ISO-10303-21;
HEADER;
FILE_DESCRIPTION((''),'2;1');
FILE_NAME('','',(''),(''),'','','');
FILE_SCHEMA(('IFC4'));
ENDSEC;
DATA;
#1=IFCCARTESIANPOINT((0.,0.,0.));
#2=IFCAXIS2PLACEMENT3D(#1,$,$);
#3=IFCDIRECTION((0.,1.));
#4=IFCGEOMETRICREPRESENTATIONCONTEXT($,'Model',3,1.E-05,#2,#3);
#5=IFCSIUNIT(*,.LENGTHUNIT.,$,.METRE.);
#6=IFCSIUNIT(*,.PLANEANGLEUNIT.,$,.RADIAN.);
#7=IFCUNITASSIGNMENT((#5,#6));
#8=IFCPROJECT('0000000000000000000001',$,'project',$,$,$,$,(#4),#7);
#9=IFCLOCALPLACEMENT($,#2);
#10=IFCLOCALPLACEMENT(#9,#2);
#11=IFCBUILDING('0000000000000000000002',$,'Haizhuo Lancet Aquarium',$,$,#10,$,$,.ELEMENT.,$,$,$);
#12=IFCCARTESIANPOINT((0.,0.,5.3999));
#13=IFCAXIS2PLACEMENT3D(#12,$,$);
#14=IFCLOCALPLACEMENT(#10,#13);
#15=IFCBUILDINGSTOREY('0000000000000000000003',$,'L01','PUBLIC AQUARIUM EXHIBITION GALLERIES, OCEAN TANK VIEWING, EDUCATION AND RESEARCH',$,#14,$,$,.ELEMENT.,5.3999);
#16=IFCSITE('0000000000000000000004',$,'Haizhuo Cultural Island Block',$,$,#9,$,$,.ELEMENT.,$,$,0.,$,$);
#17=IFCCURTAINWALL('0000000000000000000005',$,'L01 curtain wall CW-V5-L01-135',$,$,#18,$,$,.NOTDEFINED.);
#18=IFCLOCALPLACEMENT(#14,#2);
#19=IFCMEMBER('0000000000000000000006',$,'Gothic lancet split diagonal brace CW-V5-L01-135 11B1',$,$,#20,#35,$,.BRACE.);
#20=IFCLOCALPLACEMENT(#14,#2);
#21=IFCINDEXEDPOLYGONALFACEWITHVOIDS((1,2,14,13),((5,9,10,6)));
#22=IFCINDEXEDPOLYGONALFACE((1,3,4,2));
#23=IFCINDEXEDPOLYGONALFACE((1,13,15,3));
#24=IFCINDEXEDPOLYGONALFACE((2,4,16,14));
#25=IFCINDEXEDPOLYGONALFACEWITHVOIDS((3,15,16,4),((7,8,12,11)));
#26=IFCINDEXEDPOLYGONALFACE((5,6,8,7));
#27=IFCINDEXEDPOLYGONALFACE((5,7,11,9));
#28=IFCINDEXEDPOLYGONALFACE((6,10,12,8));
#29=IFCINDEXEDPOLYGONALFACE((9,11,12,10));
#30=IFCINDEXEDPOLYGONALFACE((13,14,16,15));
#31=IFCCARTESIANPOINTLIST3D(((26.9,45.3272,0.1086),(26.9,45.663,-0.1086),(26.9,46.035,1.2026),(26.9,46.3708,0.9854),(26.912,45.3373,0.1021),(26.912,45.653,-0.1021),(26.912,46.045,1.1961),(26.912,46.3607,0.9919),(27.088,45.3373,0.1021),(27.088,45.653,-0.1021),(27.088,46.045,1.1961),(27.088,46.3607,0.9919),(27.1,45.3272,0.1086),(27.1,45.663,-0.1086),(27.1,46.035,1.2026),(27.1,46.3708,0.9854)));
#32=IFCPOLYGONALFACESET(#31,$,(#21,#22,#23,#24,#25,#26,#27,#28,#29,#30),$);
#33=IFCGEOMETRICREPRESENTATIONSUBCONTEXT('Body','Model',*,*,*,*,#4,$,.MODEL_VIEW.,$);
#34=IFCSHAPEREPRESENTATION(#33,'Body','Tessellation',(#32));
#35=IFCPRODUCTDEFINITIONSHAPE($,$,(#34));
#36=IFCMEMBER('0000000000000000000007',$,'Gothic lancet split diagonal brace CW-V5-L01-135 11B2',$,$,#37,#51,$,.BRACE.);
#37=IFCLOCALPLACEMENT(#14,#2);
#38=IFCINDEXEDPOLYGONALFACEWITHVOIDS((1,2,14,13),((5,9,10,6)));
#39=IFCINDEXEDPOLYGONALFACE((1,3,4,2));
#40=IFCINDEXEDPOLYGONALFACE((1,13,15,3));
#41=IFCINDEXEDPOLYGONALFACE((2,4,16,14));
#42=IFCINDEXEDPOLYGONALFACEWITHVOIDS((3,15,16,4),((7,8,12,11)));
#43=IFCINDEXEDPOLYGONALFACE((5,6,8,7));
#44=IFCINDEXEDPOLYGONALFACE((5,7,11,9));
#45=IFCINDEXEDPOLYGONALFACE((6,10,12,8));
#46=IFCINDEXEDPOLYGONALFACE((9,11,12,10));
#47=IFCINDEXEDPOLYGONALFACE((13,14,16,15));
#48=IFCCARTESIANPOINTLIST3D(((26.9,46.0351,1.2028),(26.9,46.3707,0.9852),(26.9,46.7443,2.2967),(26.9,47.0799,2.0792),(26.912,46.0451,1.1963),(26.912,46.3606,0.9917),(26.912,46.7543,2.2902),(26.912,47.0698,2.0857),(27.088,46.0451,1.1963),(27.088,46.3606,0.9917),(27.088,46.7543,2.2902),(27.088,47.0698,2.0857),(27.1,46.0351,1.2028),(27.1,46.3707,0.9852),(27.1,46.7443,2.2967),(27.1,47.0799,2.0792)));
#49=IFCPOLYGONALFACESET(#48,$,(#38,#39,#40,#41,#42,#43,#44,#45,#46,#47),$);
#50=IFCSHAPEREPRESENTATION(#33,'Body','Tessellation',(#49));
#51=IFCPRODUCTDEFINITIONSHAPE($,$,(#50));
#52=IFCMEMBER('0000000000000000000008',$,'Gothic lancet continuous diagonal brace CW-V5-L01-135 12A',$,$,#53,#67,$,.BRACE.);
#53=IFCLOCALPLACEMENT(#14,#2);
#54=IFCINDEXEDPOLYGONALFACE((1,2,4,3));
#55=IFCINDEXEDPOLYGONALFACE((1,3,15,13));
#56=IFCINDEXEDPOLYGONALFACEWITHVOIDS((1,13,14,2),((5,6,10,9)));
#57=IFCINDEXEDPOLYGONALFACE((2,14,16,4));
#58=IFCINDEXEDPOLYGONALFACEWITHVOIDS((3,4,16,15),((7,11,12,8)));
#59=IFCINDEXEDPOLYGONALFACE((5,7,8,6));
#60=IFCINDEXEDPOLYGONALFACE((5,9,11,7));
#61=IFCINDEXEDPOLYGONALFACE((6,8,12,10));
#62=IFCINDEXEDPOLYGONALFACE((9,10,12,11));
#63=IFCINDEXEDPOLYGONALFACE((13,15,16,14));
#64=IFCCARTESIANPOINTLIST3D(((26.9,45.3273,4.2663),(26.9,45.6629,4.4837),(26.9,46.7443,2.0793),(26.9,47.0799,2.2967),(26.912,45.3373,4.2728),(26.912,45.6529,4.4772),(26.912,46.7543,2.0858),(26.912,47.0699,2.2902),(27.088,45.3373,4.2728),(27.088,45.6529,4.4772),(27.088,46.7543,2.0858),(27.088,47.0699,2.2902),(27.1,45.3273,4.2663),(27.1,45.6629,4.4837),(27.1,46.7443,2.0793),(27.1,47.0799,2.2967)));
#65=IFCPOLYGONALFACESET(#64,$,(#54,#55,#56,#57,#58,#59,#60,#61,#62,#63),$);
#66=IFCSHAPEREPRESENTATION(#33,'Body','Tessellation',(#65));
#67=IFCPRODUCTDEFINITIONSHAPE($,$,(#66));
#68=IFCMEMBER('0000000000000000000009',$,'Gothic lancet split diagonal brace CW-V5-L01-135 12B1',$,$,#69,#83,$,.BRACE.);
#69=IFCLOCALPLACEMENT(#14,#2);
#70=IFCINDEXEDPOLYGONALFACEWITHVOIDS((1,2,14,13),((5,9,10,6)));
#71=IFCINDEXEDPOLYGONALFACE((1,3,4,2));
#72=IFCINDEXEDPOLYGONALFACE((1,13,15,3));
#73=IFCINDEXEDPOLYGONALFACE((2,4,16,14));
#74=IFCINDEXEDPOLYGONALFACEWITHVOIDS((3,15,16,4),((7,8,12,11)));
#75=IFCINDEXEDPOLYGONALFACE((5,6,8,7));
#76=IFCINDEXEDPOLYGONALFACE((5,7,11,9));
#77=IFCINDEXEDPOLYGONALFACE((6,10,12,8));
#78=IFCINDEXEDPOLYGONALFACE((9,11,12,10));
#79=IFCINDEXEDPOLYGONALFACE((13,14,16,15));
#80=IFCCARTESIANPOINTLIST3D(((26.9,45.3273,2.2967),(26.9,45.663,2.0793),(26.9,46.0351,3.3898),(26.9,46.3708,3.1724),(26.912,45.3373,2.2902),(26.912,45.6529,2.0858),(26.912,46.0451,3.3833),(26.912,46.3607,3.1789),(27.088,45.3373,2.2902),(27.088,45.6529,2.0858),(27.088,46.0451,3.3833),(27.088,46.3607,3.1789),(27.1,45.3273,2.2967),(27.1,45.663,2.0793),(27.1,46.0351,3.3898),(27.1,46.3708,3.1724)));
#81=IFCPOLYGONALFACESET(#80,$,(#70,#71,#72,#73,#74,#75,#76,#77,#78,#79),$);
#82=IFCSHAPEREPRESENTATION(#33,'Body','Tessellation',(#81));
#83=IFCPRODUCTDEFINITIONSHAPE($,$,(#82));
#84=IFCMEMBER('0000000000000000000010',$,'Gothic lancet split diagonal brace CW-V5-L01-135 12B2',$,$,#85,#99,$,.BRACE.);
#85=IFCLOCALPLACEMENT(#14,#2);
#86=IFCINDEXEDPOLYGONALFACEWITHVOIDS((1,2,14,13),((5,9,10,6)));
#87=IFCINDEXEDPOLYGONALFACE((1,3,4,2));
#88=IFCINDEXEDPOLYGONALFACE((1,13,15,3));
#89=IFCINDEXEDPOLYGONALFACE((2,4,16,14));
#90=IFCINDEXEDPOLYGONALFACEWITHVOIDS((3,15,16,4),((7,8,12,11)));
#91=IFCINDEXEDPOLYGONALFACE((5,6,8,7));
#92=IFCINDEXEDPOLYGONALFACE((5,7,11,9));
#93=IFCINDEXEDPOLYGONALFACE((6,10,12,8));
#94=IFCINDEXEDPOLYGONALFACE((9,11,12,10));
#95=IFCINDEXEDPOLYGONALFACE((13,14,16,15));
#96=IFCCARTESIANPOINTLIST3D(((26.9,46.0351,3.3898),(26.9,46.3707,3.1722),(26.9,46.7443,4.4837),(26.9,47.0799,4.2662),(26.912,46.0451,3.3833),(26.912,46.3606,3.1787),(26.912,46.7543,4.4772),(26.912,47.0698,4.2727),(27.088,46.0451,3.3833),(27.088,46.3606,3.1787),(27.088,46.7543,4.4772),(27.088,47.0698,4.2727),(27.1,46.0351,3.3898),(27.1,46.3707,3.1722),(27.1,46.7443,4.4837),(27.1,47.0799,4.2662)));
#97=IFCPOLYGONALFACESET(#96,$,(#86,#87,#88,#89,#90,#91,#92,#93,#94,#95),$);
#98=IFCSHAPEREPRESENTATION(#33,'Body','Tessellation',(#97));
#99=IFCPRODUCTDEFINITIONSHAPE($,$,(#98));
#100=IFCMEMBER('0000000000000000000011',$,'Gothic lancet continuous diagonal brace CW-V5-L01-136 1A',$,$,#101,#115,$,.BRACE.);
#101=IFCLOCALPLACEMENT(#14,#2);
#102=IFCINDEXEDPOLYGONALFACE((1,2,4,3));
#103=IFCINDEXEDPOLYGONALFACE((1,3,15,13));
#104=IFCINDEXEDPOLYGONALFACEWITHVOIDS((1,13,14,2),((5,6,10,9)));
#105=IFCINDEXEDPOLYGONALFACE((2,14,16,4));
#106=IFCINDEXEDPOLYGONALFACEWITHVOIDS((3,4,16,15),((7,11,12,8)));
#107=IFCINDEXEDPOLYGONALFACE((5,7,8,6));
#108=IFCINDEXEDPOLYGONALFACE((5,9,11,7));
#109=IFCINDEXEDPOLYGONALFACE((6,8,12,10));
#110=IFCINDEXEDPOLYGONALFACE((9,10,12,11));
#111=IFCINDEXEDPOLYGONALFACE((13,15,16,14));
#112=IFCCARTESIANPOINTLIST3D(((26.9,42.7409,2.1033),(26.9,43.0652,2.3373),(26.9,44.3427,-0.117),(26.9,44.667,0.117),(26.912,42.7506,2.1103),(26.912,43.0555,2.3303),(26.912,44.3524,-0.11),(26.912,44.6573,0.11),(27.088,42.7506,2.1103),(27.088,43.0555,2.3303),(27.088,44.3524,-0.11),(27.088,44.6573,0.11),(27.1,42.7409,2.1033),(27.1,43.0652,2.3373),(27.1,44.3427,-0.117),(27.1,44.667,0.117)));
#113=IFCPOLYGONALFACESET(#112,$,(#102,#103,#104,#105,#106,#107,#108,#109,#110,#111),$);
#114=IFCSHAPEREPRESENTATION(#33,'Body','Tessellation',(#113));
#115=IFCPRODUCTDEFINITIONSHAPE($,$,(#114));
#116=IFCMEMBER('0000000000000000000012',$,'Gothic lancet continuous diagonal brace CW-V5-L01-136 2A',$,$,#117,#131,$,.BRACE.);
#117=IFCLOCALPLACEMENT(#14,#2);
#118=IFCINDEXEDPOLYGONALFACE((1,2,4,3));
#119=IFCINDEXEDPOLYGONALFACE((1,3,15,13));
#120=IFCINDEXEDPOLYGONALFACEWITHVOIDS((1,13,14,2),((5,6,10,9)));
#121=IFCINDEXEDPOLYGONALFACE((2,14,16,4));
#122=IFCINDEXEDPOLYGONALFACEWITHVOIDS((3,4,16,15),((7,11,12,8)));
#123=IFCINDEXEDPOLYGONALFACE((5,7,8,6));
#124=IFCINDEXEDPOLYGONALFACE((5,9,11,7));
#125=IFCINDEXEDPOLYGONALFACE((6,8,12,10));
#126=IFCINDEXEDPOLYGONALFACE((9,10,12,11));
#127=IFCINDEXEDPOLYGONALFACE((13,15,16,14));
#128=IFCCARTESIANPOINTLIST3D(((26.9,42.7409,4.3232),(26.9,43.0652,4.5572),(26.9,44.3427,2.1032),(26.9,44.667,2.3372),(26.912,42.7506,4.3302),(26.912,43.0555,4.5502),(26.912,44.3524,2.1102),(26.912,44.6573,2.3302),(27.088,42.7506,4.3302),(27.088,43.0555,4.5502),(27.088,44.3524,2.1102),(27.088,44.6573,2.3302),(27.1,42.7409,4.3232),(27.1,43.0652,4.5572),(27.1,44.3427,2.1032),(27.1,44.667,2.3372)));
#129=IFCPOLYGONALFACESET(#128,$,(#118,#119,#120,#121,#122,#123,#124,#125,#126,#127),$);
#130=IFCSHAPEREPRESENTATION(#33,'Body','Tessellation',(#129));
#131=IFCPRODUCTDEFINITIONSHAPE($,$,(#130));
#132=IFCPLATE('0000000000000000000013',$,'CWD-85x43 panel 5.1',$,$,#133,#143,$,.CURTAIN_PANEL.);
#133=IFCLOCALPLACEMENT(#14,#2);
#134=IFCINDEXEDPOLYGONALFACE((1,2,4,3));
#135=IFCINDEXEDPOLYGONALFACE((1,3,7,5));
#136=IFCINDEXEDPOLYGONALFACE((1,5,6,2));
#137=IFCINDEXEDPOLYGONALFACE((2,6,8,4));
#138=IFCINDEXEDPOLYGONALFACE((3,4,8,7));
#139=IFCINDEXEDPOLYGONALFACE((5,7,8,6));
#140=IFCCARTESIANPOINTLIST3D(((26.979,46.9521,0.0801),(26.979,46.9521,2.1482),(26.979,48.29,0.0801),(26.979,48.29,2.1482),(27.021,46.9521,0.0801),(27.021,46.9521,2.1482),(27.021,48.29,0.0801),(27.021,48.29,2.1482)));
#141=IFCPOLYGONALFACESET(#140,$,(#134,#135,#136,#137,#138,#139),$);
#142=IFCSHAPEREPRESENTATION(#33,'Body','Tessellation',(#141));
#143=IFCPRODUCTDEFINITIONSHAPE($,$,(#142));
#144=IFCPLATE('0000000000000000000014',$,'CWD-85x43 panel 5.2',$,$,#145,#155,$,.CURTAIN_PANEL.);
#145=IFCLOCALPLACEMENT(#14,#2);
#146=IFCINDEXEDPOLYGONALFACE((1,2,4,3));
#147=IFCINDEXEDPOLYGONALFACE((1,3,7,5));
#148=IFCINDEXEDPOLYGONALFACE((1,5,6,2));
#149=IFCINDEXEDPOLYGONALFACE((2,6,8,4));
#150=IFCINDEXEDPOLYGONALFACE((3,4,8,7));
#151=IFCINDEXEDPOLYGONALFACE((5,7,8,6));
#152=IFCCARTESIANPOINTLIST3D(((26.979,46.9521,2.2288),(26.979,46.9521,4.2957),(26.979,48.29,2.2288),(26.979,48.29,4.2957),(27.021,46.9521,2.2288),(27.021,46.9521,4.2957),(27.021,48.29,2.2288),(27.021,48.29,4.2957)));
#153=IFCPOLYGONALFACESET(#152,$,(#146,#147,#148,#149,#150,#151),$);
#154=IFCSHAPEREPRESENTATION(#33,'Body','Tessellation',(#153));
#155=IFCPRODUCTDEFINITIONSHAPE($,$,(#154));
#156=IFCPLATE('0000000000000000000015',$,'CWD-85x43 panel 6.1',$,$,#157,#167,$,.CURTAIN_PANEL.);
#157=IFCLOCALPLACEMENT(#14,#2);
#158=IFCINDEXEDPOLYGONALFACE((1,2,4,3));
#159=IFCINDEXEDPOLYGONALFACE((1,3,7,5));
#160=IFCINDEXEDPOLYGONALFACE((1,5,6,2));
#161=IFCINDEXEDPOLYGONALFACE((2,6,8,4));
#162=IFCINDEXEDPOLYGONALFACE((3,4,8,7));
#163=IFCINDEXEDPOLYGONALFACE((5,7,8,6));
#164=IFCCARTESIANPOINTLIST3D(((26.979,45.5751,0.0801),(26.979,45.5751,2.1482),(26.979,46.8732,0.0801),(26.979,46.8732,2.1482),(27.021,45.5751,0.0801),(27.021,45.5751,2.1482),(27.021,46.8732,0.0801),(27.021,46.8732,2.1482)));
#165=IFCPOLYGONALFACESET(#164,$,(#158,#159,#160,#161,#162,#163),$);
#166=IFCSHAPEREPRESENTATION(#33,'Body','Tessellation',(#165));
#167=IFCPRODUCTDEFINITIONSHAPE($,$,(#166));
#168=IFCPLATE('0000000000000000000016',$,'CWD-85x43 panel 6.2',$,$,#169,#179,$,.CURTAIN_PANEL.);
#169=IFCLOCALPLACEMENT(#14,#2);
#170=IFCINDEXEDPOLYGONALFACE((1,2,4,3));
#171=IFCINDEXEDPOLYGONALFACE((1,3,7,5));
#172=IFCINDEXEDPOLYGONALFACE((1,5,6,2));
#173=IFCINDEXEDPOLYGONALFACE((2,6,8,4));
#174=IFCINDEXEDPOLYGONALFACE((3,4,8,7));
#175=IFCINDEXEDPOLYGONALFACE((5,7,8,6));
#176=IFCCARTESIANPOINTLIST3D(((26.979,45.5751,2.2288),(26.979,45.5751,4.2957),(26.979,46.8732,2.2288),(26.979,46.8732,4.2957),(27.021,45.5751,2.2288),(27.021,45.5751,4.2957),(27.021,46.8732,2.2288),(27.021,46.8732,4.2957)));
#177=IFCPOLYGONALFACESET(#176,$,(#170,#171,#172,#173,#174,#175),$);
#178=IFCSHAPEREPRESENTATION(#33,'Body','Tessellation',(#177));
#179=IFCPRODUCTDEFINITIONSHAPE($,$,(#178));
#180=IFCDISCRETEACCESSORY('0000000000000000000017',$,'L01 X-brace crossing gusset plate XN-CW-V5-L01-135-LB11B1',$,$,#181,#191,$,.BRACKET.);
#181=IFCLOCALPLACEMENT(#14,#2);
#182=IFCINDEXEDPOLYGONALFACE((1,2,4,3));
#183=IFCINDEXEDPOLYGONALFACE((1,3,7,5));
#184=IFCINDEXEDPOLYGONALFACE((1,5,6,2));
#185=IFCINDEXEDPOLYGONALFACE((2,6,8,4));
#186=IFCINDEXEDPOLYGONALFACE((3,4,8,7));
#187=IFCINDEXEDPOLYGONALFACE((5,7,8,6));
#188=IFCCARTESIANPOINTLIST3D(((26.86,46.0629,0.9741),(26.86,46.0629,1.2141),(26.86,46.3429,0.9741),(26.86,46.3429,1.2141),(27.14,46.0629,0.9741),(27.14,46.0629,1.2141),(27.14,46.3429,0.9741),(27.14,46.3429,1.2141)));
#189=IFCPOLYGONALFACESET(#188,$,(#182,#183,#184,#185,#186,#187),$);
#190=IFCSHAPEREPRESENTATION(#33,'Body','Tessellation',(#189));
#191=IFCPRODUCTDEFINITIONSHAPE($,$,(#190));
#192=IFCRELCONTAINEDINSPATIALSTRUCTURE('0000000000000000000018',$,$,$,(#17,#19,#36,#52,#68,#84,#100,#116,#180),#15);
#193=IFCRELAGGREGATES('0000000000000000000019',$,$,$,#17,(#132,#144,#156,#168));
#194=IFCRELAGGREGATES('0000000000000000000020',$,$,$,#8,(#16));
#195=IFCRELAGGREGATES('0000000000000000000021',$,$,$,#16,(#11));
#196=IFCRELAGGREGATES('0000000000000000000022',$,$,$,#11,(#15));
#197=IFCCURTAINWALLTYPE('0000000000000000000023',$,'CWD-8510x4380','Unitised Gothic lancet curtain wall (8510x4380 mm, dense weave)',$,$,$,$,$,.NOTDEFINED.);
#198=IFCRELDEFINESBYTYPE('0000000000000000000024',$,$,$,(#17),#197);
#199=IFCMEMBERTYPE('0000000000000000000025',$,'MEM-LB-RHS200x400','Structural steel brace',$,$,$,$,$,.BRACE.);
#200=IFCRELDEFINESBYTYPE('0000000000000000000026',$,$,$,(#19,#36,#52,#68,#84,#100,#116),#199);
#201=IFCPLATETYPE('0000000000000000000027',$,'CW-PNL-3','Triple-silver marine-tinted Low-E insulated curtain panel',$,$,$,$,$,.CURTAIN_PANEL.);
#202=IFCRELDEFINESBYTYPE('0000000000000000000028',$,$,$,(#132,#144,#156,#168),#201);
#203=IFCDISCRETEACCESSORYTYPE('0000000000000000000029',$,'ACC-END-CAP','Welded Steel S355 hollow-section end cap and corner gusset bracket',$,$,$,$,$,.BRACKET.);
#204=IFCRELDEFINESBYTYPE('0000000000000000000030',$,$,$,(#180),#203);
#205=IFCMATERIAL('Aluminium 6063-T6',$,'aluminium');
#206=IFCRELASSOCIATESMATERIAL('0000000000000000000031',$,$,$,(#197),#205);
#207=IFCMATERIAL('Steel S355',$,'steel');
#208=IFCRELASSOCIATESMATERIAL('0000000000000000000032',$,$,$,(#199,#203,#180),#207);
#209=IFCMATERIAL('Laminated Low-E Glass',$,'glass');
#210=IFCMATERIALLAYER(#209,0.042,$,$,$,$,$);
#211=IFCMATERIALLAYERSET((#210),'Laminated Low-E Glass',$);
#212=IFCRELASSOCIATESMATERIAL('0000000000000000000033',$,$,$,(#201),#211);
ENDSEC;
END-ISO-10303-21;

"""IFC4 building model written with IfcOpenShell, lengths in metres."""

from ifc_helpers import new_model, si_unit, direction, frame, origin, origin_2d, place, context, subcontext, project, spatial, rectangle, hollow_rectangle, extrude, material, layer, layer_set, material_profile, profile_set, type_object, element, aggregate, save


model = new_model("IFC4")

# Units and contexts
model_context = context("Model", 3, precision=1e-05, world=origin(), true_north=direction((0.0, 1.0)))
body_context = subcontext(model_context, "Body", "Model", "MODEL_VIEW")
ifc_project = project(units=[si_unit("LENGTHUNIT", "METRE"), si_unit("PLANEANGLEUNIT", "RADIAN")], contexts=[model_context])

# Site, building, storey
site_placement = place(None, origin())
site = spatial("IfcSite", under=ifc_project, at=site_placement, Name="Haizhuo Cultural Island Block", CompositionType="ELEMENT", RefElevation=0.0)
building_placement = place(site_placement, origin())
building = spatial("IfcBuilding", under=site, at=building_placement, Name="Haizhuo Lancet Aquarium", CompositionType="ELEMENT")
storey_placement = place(building_placement, frame((0.0, 0.0, 5.3999)))
storey = spatial("IfcBuildingStorey", under=building, at=storey_placement, Name="L01", Description="PUBLIC AQUARIUM EXHIBITION GALLERIES, OCEAN TANK VIEWING, EDUCATION AND RESEARCH", CompositionType="ELEMENT", Elevation=5.3999)

# Shared definitions
ifc_material_1 = material(Name="Aluminium 6063-T6", Category="aluminium")

# Curtain wall
curtain_wall_type_1 = type_object("IfcCurtainWallType", Name="CWD-8510x4380", Description="Unitised Gothic lancet curtain wall (8510x4380 mm, dense weave)", PredefinedType="NOTDEFINED", material=ifc_material_1)
curtain_wall_1_placement = place(storey_placement, origin())
curtain_wall_1 = element("IfcCurtainWall", 1, at=curtain_wall_1_placement, inside=storey, type_object=curtain_wall_type_1, Name="L01 curtain wall CW-V5-L01-135", PredefinedType="NOTDEFINED")

# Members
ifc_material_2 = material(Name="Steel S355", Category="steel")
ifc_material_profile_1 = material_profile(ifc_material_2, hollow_rectangle(XDim=0.2, YDim=0.3999, WallThickness=0.012, at=origin_2d()), Name="RHS 200x400x12")
ifc_profile_set_1 = profile_set([ifc_material_profile_1], Name="Steel S355")
member_type_1 = type_object("IfcMemberType", Name="MEM-LB-RHS200x400", Description="Structural steel brace", PredefinedType="BRACE", material=ifc_profile_set_1)
member_1_placement = place(storey_placement, frame((27.0, 45.4951, 0.0), z_axis=(0.0, 0.543189, 0.83961), x_axis=(-1.0, 0.0, 0.0)))
element("IfcMember", 2, at=member_1_placement, inside=storey, type_object=member_type_1, Name="Gothic lancet split diagonal brace CW-V5-L01-135 11B1", PredefinedType="BRACE", context=body_context, shape_type="SweptSolid", body=[
    extrude(hollow_rectangle(XDim=0.2, YDim=0.3999, WallThickness=0.012, at=origin_2d()), origin(), (0.0, 0.0, 1.0), 1.303),
])
member_2_placement = place(storey_placement, frame((27.0, 46.2029, 1.094), z_axis=(0.0, 0.543981, 0.839098), x_axis=(-1.0, 0.0, 0.0)))
element("IfcMember", 3, at=member_2_placement, inside=storey, type_object=member_type_1, Name="Gothic lancet split diagonal brace CW-V5-L01-135 11B2", PredefinedType="BRACE", context=body_context, shape_type="SweptSolid", body=[
    extrude(hollow_rectangle(XDim=0.2, YDim=0.3999, WallThickness=0.012, at=origin_2d()), origin(), (0.0, 0.0, 1.0), 1.3037),
])
member_3_placement = place(storey_placement, frame((27.0, 46.9121, 2.188), z_axis=(0.0, -0.543756, 0.839243), x_axis=(1.0, 0.0, 0.0)))
element("IfcMember", 4, at=member_3_placement, inside=storey, type_object=member_type_1, Name="Gothic lancet continuous diagonal brace CW-V5-L01-135 12A", PredefinedType="BRACE", context=body_context, shape_type="SweptSolid", body=[
    extrude(hollow_rectangle(XDim=0.2, YDim=0.3999, WallThickness=0.012, at=origin_2d()), origin(), (0.0, 0.0, 1.0), 2.606),
])
member_4_placement = place(storey_placement, frame((27.0, 45.4951, 2.188), z_axis=(0.0, 0.543531, 0.839389), x_axis=(-1.0, 0.0, 0.0)))
element("IfcMember", 5, at=member_4_placement, inside=storey, type_object=member_type_1, Name="Gothic lancet split diagonal brace CW-V5-L01-135 12B1", PredefinedType="BRACE", context=body_context, shape_type="SweptSolid", body=[
    extrude(hollow_rectangle(XDim=0.2, YDim=0.3999, WallThickness=0.012, at=origin_2d()), origin(), (0.0, 0.0, 1.0), 1.3022),
])
member_5_placement = place(storey_placement, frame((27.0, 46.2029, 3.281), z_axis=(0.0, 0.543981, 0.839098), x_axis=(-1.0, 0.0, 0.0)))
element("IfcMember", 6, at=member_5_placement, inside=storey, type_object=member_type_1, Name="Gothic lancet split diagonal brace CW-V5-L01-135 12B2", PredefinedType="BRACE", context=body_context, shape_type="SweptSolid", body=[
    extrude(hollow_rectangle(XDim=0.2, YDim=0.3999, WallThickness=0.012, at=origin_2d()), origin(), (0.0, 0.0, 1.0), 1.3037),
])
member_6_placement = place(storey_placement, frame((27.0, 44.5049, 0.0), z_axis=(0.0, -0.585087, 0.810971), x_axis=(1.0, 0.0, 0.0)))
element("IfcMember", 7, at=member_6_placement, inside=storey, type_object=member_type_1, Name="Gothic lancet continuous diagonal brace CW-V5-L01-136 1A", PredefinedType="BRACE", context=body_context, shape_type="SweptSolid", body=[
    extrude(hollow_rectangle(XDim=0.2, YDim=0.3999, WallThickness=0.012, at=origin_2d()), origin(), (0.0, 0.0, 1.0), 2.7378),
])
member_7_placement = place(storey_placement, frame((27.0, 44.5049, 2.2202), z_axis=(0.0, -0.585129, 0.81094), x_axis=(1.0, 0.0, 0.0)))
element("IfcMember", 8, at=member_7_placement, inside=storey, type_object=member_type_1, Name="Gothic lancet continuous diagonal brace CW-V5-L01-136 2A", PredefinedType="BRACE", context=body_context, shape_type="SweptSolid", body=[
    extrude(hollow_rectangle(XDim=0.2, YDim=0.3999, WallThickness=0.012, at=origin_2d()), origin(), (0.0, 0.0, 1.0), 2.7375),
])

# Plates
ifc_material_3 = material(Name="Laminated Low-E Glass", Category="glass")
ifc_layer = layer(ifc_material_3, 0.042)
ifc_layer_set = layer_set([ifc_layer], Name="Laminated Low-E Glass")
plate_type = type_object("IfcPlateType", Name="CW-PNL-3", Description="Triple-silver marine-tinted Low-E insulated curtain panel", PredefinedType="CURTAIN_PANEL", material=ifc_layer_set)
plate_1_placement = place(storey_placement, frame((27.0, 47.6211, 0.0801), z_axis=(0.0, 0.0, 1.0), x_axis=(0.0, -1.0, 0.0)))
plate_1 = element("IfcPlate", 9, at=plate_1_placement, type_object=plate_type, Name="CWD-85x43 panel 5.1", PredefinedType="CURTAIN_PANEL", context=body_context, shape_type="SweptSolid", body=[
    extrude(rectangle(XDim=1.3379, YDim=0.042, at=origin_2d()), origin(), (0.0, 0.0, 1.0), 2.0681),
])
plate_2_placement = place(storey_placement, frame((27.0, 47.6211, 2.2288), z_axis=(0.0, 0.0, 1.0), x_axis=(0.0, -1.0, 0.0)))
plate_2 = element("IfcPlate", 10, at=plate_2_placement, type_object=plate_type, Name="CWD-85x43 panel 5.2", PredefinedType="CURTAIN_PANEL", context=body_context, shape_type="SweptSolid", body=[
    extrude(rectangle(XDim=1.3379, YDim=0.042, at=origin_2d()), origin(), (0.0, 0.0, 1.0), 2.0669),
])
plate_3_placement = place(storey_placement, frame((27.0, 46.2241, 0.0801), z_axis=(0.0, 0.0, 1.0), x_axis=(0.0, -1.0, 0.0)))
plate_3 = element("IfcPlate", 11, at=plate_3_placement, type_object=plate_type, Name="CWD-85x43 panel 6.1", PredefinedType="CURTAIN_PANEL", context=body_context, shape_type="SweptSolid", body=[
    extrude(rectangle(XDim=1.2981, YDim=0.042, at=origin_2d()), origin(), (0.0, 0.0, 1.0), 2.0681),
])
plate_4_placement = place(storey_placement, frame((27.0, 46.2241, 2.2288), z_axis=(0.0, 0.0, 1.0), x_axis=(0.0, -1.0, 0.0)))
plate_4 = element("IfcPlate", 12, at=plate_4_placement, type_object=plate_type, Name="CWD-85x43 panel 6.2", PredefinedType="CURTAIN_PANEL", context=body_context, shape_type="SweptSolid", body=[
    extrude(rectangle(XDim=1.2981, YDim=0.042, at=origin_2d()), origin(), (0.0, 0.0, 1.0), 2.0669),
])
aggregate(curtain_wall_1, [plate_1, plate_2, plate_3, plate_4])

# Discrete accessory
discrete_accessory_type = type_object("IfcDiscreteAccessoryType", Name="ACC-END-CAP", Description="Welded Steel S355 hollow-section end cap and corner gusset bracket", PredefinedType="BRACKET", material=ifc_material_2)
for number, where, z_axis, x_axis, name in (
    (13, (27.0, 46.2029, 0.9741), (0.0, 0.0, 1.0), (1.0, 0.0, 0.0), "L01 X-brace crossing gusset plate XN-CW-V5-L01-135-LB11B1"),
):
    element("IfcDiscreteAccessory", number, at=place(storey_placement, frame(where, z_axis=z_axis, x_axis=x_axis)), inside=storey, type_object=discrete_accessory_type, material=ifc_material_2, Name=name, PredefinedType="BRACKET", context=body_context, shape_type="SweptSolid", body=[
        extrude(rectangle(XDim=0.28, YDim=0.28, at=origin_2d()), origin(), (0.0, 0.0, 1.0), 0.24),
    ])

save(model, "model.ifc")
